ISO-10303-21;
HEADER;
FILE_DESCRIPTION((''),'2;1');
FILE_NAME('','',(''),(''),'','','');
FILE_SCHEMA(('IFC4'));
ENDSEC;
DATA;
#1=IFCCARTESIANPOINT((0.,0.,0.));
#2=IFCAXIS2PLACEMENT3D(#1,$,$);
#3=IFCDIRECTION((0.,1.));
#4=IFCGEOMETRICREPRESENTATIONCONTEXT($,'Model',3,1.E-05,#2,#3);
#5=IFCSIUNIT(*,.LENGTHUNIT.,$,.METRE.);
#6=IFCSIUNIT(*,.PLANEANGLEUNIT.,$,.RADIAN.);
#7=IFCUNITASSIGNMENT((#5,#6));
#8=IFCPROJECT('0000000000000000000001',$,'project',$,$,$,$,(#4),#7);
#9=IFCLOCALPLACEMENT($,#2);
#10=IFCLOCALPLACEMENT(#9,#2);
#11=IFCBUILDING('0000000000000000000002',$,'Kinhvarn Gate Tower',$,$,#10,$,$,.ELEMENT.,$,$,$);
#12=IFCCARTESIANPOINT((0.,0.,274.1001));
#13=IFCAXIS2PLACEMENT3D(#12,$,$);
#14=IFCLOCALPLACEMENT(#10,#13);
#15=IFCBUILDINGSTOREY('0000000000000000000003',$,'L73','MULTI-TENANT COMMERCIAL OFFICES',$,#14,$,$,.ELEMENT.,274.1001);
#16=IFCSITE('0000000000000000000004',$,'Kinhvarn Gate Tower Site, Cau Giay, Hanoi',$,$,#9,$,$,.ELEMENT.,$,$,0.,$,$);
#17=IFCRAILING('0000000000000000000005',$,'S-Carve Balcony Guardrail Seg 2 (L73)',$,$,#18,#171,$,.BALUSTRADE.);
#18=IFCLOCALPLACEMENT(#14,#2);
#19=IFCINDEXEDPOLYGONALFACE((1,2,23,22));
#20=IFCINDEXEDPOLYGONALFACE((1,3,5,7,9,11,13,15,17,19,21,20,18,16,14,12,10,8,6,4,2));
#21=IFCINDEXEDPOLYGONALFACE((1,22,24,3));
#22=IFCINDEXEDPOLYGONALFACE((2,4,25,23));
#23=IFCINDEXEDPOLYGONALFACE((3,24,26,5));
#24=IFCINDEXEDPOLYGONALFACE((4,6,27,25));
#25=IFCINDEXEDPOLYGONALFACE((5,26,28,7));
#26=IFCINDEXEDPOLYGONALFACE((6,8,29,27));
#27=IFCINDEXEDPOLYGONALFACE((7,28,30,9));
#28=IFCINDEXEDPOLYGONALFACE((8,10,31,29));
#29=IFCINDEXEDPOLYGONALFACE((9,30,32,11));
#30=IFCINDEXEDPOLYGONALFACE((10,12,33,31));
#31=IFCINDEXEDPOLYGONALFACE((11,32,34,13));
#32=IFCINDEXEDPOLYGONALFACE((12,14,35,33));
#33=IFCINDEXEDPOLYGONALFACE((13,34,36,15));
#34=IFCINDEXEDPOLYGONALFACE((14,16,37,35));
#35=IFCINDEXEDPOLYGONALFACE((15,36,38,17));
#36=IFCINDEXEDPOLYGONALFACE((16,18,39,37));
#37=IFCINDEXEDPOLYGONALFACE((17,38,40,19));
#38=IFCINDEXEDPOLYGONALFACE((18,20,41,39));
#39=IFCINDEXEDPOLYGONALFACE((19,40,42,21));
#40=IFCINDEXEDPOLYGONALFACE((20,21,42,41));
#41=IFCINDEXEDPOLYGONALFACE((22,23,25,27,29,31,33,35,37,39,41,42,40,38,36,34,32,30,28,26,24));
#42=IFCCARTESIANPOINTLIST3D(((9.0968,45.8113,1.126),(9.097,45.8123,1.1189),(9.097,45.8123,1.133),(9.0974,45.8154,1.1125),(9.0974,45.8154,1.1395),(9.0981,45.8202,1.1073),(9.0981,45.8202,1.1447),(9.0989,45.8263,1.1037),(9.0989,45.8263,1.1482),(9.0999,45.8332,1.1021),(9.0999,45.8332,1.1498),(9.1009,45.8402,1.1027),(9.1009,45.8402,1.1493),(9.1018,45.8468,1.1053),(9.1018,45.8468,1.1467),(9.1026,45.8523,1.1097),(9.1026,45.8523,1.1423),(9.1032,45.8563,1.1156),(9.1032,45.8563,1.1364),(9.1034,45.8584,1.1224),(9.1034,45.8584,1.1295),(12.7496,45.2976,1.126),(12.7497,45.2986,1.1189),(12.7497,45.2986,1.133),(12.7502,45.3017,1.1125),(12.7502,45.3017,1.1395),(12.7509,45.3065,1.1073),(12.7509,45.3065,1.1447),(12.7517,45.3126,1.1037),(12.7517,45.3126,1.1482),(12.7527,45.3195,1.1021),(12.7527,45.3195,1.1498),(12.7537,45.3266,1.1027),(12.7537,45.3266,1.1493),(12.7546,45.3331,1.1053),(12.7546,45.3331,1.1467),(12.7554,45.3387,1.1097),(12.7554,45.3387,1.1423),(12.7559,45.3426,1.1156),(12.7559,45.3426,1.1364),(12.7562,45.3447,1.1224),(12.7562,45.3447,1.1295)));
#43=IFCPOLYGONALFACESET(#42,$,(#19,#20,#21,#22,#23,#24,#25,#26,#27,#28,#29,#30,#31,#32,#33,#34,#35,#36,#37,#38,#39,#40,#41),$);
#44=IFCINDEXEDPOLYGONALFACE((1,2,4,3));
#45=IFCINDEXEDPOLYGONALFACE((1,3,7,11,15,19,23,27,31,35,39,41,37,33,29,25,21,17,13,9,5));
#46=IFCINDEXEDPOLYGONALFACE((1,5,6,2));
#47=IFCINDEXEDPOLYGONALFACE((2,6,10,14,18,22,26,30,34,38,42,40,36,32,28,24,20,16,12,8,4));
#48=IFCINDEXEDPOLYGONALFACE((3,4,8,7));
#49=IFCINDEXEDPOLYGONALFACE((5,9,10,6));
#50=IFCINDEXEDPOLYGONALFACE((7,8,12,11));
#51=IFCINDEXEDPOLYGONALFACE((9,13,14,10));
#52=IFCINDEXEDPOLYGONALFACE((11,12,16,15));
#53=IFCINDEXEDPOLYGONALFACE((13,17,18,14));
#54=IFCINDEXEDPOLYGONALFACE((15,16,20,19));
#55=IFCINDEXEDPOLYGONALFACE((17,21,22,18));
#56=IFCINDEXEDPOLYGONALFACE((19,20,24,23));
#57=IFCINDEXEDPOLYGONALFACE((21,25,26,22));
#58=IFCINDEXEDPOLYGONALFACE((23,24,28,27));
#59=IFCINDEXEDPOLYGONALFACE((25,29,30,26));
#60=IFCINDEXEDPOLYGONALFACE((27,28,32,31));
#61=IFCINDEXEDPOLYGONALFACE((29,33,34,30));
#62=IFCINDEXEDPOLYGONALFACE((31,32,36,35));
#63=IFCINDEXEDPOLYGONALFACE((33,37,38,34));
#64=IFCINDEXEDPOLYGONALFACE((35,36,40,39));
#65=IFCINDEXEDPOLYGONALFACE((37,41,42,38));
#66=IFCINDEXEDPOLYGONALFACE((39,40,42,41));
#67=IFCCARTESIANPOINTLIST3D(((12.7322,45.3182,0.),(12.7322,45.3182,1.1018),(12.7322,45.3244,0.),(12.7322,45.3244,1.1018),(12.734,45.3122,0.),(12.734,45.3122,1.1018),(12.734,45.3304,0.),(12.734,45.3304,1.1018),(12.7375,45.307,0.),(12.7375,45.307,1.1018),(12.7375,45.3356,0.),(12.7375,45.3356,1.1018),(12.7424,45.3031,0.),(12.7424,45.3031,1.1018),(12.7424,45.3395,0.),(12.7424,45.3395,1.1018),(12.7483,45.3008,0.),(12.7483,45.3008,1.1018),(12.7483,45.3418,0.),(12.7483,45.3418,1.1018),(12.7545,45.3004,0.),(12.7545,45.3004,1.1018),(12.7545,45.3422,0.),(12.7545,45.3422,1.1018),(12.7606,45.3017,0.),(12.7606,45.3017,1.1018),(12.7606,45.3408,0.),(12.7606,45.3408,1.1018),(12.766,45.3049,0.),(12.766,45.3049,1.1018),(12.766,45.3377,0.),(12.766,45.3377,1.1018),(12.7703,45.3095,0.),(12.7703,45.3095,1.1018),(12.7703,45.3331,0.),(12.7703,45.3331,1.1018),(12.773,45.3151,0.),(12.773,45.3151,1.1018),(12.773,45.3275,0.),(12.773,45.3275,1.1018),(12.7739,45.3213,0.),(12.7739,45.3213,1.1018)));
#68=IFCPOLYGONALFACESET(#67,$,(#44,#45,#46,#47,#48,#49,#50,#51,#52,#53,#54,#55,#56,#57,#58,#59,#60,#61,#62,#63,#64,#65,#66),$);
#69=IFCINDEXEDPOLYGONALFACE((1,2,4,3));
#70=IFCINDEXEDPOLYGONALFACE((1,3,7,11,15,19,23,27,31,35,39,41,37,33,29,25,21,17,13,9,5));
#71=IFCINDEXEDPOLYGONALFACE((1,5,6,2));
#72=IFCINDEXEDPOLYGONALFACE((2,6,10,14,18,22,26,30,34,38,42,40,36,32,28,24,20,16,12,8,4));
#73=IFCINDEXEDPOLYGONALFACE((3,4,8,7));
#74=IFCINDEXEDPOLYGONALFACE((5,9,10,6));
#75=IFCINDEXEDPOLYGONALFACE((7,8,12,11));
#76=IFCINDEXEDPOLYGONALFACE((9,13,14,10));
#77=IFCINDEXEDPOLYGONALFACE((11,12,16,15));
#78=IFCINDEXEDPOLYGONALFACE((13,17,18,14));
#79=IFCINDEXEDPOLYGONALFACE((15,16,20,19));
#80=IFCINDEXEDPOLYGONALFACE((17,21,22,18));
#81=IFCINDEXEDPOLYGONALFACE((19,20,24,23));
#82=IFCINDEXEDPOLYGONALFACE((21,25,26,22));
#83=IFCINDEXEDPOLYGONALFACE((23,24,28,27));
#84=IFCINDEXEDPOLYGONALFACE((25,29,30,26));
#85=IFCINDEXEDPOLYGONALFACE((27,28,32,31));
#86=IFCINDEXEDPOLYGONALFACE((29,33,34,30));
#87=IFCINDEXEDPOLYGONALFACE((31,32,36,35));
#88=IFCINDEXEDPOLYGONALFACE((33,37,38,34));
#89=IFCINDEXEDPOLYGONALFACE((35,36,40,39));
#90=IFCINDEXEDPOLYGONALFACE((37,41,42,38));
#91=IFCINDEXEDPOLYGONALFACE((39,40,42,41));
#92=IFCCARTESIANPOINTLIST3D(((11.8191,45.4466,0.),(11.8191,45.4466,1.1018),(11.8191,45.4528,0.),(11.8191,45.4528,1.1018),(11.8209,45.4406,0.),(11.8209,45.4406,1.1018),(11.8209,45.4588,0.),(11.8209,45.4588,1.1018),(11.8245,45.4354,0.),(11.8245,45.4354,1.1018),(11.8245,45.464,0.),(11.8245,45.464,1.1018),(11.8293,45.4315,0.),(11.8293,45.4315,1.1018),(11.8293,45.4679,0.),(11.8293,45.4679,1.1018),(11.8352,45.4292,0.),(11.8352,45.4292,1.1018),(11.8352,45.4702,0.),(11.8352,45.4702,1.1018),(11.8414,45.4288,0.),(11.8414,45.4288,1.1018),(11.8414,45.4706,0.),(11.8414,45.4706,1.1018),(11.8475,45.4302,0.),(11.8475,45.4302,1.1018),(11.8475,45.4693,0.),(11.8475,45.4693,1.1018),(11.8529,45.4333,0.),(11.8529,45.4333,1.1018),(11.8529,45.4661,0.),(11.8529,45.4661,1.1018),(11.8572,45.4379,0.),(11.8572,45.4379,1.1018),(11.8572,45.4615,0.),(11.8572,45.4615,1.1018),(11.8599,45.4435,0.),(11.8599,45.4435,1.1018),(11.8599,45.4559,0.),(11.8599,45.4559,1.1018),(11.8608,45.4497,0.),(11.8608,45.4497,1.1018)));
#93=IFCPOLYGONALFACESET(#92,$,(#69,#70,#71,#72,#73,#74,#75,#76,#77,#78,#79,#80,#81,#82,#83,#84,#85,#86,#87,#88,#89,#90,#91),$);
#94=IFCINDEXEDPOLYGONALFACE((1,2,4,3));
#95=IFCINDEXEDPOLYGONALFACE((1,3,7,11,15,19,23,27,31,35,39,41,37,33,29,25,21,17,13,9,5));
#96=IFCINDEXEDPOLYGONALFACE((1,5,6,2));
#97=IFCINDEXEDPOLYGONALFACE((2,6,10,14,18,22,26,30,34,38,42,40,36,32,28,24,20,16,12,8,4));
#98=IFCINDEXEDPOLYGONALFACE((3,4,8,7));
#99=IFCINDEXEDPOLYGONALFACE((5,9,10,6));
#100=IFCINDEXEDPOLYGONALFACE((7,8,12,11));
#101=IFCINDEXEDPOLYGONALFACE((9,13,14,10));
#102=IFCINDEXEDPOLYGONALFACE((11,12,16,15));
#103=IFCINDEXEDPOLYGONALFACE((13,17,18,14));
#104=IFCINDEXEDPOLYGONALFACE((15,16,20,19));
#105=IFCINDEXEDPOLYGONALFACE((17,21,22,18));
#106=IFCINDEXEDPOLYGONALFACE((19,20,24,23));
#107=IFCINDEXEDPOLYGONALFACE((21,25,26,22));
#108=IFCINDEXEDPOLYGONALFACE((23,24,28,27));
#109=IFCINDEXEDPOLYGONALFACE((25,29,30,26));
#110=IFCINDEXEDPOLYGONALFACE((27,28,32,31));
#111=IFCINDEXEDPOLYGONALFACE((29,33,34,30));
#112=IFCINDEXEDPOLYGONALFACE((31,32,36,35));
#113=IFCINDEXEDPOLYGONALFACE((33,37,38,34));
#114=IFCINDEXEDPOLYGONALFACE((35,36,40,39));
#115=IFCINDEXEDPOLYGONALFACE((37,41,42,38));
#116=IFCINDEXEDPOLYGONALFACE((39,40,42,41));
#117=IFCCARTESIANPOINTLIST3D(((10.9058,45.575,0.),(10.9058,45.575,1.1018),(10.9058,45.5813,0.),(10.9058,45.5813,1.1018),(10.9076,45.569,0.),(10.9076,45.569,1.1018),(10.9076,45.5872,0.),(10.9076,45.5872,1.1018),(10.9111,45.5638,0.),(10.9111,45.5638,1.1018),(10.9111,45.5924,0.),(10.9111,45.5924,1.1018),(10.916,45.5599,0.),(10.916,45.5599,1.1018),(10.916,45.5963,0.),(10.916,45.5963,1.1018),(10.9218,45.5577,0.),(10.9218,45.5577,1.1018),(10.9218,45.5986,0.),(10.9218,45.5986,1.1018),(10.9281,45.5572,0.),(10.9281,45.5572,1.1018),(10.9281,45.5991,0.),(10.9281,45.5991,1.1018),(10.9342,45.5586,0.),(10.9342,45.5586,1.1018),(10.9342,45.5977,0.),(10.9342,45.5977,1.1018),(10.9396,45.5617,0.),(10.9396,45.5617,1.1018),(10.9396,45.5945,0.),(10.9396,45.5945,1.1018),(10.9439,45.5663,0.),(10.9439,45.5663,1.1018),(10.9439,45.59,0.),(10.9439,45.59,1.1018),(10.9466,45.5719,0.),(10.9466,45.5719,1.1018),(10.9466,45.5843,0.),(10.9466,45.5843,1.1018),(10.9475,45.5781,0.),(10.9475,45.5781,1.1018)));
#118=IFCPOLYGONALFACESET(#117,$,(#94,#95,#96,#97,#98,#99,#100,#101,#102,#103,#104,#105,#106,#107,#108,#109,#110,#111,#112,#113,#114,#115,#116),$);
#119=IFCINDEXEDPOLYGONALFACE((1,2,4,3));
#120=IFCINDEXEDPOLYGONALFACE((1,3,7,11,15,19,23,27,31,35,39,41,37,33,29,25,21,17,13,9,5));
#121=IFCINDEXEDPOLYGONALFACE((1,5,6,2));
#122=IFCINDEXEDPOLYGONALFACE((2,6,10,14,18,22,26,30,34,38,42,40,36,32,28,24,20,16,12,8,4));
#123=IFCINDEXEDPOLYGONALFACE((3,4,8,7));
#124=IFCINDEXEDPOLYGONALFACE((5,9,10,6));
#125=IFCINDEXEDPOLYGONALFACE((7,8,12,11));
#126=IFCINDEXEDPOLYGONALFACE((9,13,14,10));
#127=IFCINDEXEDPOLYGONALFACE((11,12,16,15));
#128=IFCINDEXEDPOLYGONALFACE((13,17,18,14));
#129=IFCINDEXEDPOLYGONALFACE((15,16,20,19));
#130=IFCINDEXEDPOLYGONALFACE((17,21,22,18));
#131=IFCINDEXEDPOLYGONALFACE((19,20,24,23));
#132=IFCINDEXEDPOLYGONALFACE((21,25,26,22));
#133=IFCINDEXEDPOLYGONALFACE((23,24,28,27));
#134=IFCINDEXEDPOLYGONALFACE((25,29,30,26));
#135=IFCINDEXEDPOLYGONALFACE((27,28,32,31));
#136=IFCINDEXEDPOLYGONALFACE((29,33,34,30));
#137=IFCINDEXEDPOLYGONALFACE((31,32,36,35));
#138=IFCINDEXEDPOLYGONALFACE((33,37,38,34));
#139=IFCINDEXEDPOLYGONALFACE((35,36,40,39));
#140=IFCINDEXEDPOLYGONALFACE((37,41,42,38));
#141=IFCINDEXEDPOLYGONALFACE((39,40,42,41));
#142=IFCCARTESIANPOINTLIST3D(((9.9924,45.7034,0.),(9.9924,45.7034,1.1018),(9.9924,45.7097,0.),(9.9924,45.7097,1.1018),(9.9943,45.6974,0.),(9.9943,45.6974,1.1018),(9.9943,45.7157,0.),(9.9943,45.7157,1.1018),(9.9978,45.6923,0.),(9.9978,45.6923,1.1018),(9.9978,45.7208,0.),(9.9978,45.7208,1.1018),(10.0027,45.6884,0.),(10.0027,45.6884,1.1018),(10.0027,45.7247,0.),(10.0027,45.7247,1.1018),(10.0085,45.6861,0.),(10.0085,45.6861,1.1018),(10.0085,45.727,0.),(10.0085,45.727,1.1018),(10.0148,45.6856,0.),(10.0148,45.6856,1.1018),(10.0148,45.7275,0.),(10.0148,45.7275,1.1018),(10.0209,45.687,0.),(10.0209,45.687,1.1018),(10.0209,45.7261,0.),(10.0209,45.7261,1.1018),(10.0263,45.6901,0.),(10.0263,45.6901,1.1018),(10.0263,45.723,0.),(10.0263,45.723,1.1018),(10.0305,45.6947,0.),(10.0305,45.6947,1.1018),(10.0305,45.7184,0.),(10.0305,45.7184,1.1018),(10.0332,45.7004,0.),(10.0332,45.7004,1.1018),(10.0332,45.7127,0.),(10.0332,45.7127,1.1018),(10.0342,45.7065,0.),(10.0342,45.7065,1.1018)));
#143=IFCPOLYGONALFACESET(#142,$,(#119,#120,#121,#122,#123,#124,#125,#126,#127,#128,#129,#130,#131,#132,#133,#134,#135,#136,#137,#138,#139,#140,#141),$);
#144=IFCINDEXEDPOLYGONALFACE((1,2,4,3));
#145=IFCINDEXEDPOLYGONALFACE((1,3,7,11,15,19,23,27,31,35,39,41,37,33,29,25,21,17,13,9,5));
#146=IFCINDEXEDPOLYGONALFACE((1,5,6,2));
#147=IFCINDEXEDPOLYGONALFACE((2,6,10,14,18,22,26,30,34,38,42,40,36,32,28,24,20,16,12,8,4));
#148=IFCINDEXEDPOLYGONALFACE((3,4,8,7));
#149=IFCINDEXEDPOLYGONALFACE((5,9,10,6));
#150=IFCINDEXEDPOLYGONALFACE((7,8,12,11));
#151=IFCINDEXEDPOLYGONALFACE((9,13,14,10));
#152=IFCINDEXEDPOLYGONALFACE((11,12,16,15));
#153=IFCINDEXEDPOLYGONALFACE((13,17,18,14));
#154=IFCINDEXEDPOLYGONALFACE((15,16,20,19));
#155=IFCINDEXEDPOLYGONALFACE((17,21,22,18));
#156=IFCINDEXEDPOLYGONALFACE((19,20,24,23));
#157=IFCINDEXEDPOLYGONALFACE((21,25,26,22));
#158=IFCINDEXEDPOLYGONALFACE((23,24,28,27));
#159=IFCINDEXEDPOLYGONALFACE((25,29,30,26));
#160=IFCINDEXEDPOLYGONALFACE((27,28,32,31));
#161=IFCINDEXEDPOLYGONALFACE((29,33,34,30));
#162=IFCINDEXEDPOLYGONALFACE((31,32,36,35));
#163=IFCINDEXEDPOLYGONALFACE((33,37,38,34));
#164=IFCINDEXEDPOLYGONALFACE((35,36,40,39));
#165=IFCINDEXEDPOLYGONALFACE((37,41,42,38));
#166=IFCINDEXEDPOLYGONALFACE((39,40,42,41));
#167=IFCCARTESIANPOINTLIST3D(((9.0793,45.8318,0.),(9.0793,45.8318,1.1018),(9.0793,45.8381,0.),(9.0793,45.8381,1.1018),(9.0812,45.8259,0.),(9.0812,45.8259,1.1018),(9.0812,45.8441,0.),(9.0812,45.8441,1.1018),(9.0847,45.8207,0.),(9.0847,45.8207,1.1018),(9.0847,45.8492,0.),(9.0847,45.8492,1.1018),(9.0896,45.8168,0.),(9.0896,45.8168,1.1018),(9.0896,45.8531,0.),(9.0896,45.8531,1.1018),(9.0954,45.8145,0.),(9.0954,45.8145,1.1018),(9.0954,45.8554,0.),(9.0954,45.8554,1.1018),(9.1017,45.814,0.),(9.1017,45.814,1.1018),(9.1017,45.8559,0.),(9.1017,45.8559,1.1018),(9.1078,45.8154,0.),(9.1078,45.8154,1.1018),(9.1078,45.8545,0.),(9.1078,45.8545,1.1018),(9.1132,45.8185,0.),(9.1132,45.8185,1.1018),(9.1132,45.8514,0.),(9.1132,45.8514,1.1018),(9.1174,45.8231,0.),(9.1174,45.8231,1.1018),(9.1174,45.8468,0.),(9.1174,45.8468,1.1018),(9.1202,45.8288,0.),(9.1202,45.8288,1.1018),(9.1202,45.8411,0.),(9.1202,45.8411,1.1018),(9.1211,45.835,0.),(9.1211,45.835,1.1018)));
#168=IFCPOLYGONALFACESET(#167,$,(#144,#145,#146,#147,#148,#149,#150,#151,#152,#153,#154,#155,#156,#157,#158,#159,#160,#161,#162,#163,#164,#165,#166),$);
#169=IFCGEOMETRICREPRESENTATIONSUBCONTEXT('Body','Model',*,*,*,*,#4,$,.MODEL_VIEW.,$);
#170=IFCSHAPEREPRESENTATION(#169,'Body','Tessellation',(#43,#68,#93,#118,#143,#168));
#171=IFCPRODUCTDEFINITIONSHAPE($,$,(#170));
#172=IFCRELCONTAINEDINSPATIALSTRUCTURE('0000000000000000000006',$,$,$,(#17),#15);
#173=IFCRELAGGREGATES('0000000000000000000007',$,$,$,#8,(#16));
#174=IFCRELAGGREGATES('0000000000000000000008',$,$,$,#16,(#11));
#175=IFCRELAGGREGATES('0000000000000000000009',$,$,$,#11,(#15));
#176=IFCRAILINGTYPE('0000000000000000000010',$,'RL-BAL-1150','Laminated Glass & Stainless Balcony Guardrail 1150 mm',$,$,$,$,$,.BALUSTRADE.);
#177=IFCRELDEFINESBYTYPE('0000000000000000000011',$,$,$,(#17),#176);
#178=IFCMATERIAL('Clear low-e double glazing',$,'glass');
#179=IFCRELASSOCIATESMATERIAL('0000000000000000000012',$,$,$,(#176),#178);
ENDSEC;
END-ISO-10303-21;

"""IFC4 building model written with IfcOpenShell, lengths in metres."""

from ifc_helpers import new_model, si_unit, direction, frame, origin, origin_2d, place, context, subcontext, project, spatial, circle, extrude, material, type_object, element, save


model = new_model("IFC4")

# Units and contexts
model_context = context("Model", 3, precision=1e-05, world=origin(), true_north=direction((0.0, 1.0)))
body_context = subcontext(model_context, "Body", "Model", "MODEL_VIEW")
ifc_project = project(units=[si_unit("LENGTHUNIT", "METRE"), si_unit("PLANEANGLEUNIT", "RADIAN")], contexts=[model_context])

# Site, building, storey
site_placement = place(None, origin())
site = spatial("IfcSite", under=ifc_project, at=site_placement, Name="Kinhvarn Gate Tower Site, Cau Giay, Hanoi", CompositionType="ELEMENT", RefElevation=0.0)
building_placement = place(site_placement, origin())
building = spatial("IfcBuilding", under=site, at=building_placement, Name="Kinhvarn Gate Tower", CompositionType="ELEMENT")
storey_placement = place(building_placement, frame((0.0, 0.0, 274.1001)))
storey = spatial("IfcBuildingStorey", under=building, at=storey_placement, Name="L73", Description="MULTI-TENANT COMMERCIAL OFFICES", CompositionType="ELEMENT", Elevation=274.1001)

# Shared definitions
ifc_material_1 = material(Name="Clear low-e double glazing", Category="glass")

# Railing
railing_type_1 = type_object("IfcRailingType", Name="RL-BAL-1150", Description="Laminated Glass & Stainless Balcony Guardrail 1150 mm", PredefinedType="BALUSTRADE", material=ifc_material_1)
railing_1_placement = place(storey_placement, frame((12.7529, 45.3213, 0.0)))
element("IfcRailing", 1, at=railing_1_placement, inside=storey, type_object=railing_type_1, Name="S-Carve Balcony Guardrail Seg 2 (L73)", PredefinedType="BALUSTRADE", context=body_context, shape_type="SweptSolid", body=[
    extrude(circle(Radius=0.0239, at=origin_2d()), frame((0.0, 0.0, 1.126), z_axis=(-0.990257, 0.139253, 0.0), x_axis=(-0.139253, -0.990257, 0.0)), (0.0, 0.0, 1.0), 3.6887),
    extrude(circle(Radius=0.021, at=origin_2d()), origin(), (0.0, 0.0, 1.0), 1.1018),
    extrude(circle(Radius=0.021, at=origin_2d()), frame((-0.9131, 0.1284, 0.0)), (0.0, 0.0, 1.0), 1.1018),
    extrude(circle(Radius=0.021, at=origin_2d()), frame((-1.8264, 0.2568, 0.0)), (0.0, 0.0, 1.0), 1.1018),
    extrude(circle(Radius=0.021, at=origin_2d()), frame((-2.7397, 0.3853, 0.0)), (0.0, 0.0, 1.0), 1.1018),
    extrude(circle(Radius=0.021, at=origin_2d()), frame((-3.6528, 0.5137, 0.0)), (0.0, 0.0, 1.0), 1.1018),
])

save(model, "model.ifc")
